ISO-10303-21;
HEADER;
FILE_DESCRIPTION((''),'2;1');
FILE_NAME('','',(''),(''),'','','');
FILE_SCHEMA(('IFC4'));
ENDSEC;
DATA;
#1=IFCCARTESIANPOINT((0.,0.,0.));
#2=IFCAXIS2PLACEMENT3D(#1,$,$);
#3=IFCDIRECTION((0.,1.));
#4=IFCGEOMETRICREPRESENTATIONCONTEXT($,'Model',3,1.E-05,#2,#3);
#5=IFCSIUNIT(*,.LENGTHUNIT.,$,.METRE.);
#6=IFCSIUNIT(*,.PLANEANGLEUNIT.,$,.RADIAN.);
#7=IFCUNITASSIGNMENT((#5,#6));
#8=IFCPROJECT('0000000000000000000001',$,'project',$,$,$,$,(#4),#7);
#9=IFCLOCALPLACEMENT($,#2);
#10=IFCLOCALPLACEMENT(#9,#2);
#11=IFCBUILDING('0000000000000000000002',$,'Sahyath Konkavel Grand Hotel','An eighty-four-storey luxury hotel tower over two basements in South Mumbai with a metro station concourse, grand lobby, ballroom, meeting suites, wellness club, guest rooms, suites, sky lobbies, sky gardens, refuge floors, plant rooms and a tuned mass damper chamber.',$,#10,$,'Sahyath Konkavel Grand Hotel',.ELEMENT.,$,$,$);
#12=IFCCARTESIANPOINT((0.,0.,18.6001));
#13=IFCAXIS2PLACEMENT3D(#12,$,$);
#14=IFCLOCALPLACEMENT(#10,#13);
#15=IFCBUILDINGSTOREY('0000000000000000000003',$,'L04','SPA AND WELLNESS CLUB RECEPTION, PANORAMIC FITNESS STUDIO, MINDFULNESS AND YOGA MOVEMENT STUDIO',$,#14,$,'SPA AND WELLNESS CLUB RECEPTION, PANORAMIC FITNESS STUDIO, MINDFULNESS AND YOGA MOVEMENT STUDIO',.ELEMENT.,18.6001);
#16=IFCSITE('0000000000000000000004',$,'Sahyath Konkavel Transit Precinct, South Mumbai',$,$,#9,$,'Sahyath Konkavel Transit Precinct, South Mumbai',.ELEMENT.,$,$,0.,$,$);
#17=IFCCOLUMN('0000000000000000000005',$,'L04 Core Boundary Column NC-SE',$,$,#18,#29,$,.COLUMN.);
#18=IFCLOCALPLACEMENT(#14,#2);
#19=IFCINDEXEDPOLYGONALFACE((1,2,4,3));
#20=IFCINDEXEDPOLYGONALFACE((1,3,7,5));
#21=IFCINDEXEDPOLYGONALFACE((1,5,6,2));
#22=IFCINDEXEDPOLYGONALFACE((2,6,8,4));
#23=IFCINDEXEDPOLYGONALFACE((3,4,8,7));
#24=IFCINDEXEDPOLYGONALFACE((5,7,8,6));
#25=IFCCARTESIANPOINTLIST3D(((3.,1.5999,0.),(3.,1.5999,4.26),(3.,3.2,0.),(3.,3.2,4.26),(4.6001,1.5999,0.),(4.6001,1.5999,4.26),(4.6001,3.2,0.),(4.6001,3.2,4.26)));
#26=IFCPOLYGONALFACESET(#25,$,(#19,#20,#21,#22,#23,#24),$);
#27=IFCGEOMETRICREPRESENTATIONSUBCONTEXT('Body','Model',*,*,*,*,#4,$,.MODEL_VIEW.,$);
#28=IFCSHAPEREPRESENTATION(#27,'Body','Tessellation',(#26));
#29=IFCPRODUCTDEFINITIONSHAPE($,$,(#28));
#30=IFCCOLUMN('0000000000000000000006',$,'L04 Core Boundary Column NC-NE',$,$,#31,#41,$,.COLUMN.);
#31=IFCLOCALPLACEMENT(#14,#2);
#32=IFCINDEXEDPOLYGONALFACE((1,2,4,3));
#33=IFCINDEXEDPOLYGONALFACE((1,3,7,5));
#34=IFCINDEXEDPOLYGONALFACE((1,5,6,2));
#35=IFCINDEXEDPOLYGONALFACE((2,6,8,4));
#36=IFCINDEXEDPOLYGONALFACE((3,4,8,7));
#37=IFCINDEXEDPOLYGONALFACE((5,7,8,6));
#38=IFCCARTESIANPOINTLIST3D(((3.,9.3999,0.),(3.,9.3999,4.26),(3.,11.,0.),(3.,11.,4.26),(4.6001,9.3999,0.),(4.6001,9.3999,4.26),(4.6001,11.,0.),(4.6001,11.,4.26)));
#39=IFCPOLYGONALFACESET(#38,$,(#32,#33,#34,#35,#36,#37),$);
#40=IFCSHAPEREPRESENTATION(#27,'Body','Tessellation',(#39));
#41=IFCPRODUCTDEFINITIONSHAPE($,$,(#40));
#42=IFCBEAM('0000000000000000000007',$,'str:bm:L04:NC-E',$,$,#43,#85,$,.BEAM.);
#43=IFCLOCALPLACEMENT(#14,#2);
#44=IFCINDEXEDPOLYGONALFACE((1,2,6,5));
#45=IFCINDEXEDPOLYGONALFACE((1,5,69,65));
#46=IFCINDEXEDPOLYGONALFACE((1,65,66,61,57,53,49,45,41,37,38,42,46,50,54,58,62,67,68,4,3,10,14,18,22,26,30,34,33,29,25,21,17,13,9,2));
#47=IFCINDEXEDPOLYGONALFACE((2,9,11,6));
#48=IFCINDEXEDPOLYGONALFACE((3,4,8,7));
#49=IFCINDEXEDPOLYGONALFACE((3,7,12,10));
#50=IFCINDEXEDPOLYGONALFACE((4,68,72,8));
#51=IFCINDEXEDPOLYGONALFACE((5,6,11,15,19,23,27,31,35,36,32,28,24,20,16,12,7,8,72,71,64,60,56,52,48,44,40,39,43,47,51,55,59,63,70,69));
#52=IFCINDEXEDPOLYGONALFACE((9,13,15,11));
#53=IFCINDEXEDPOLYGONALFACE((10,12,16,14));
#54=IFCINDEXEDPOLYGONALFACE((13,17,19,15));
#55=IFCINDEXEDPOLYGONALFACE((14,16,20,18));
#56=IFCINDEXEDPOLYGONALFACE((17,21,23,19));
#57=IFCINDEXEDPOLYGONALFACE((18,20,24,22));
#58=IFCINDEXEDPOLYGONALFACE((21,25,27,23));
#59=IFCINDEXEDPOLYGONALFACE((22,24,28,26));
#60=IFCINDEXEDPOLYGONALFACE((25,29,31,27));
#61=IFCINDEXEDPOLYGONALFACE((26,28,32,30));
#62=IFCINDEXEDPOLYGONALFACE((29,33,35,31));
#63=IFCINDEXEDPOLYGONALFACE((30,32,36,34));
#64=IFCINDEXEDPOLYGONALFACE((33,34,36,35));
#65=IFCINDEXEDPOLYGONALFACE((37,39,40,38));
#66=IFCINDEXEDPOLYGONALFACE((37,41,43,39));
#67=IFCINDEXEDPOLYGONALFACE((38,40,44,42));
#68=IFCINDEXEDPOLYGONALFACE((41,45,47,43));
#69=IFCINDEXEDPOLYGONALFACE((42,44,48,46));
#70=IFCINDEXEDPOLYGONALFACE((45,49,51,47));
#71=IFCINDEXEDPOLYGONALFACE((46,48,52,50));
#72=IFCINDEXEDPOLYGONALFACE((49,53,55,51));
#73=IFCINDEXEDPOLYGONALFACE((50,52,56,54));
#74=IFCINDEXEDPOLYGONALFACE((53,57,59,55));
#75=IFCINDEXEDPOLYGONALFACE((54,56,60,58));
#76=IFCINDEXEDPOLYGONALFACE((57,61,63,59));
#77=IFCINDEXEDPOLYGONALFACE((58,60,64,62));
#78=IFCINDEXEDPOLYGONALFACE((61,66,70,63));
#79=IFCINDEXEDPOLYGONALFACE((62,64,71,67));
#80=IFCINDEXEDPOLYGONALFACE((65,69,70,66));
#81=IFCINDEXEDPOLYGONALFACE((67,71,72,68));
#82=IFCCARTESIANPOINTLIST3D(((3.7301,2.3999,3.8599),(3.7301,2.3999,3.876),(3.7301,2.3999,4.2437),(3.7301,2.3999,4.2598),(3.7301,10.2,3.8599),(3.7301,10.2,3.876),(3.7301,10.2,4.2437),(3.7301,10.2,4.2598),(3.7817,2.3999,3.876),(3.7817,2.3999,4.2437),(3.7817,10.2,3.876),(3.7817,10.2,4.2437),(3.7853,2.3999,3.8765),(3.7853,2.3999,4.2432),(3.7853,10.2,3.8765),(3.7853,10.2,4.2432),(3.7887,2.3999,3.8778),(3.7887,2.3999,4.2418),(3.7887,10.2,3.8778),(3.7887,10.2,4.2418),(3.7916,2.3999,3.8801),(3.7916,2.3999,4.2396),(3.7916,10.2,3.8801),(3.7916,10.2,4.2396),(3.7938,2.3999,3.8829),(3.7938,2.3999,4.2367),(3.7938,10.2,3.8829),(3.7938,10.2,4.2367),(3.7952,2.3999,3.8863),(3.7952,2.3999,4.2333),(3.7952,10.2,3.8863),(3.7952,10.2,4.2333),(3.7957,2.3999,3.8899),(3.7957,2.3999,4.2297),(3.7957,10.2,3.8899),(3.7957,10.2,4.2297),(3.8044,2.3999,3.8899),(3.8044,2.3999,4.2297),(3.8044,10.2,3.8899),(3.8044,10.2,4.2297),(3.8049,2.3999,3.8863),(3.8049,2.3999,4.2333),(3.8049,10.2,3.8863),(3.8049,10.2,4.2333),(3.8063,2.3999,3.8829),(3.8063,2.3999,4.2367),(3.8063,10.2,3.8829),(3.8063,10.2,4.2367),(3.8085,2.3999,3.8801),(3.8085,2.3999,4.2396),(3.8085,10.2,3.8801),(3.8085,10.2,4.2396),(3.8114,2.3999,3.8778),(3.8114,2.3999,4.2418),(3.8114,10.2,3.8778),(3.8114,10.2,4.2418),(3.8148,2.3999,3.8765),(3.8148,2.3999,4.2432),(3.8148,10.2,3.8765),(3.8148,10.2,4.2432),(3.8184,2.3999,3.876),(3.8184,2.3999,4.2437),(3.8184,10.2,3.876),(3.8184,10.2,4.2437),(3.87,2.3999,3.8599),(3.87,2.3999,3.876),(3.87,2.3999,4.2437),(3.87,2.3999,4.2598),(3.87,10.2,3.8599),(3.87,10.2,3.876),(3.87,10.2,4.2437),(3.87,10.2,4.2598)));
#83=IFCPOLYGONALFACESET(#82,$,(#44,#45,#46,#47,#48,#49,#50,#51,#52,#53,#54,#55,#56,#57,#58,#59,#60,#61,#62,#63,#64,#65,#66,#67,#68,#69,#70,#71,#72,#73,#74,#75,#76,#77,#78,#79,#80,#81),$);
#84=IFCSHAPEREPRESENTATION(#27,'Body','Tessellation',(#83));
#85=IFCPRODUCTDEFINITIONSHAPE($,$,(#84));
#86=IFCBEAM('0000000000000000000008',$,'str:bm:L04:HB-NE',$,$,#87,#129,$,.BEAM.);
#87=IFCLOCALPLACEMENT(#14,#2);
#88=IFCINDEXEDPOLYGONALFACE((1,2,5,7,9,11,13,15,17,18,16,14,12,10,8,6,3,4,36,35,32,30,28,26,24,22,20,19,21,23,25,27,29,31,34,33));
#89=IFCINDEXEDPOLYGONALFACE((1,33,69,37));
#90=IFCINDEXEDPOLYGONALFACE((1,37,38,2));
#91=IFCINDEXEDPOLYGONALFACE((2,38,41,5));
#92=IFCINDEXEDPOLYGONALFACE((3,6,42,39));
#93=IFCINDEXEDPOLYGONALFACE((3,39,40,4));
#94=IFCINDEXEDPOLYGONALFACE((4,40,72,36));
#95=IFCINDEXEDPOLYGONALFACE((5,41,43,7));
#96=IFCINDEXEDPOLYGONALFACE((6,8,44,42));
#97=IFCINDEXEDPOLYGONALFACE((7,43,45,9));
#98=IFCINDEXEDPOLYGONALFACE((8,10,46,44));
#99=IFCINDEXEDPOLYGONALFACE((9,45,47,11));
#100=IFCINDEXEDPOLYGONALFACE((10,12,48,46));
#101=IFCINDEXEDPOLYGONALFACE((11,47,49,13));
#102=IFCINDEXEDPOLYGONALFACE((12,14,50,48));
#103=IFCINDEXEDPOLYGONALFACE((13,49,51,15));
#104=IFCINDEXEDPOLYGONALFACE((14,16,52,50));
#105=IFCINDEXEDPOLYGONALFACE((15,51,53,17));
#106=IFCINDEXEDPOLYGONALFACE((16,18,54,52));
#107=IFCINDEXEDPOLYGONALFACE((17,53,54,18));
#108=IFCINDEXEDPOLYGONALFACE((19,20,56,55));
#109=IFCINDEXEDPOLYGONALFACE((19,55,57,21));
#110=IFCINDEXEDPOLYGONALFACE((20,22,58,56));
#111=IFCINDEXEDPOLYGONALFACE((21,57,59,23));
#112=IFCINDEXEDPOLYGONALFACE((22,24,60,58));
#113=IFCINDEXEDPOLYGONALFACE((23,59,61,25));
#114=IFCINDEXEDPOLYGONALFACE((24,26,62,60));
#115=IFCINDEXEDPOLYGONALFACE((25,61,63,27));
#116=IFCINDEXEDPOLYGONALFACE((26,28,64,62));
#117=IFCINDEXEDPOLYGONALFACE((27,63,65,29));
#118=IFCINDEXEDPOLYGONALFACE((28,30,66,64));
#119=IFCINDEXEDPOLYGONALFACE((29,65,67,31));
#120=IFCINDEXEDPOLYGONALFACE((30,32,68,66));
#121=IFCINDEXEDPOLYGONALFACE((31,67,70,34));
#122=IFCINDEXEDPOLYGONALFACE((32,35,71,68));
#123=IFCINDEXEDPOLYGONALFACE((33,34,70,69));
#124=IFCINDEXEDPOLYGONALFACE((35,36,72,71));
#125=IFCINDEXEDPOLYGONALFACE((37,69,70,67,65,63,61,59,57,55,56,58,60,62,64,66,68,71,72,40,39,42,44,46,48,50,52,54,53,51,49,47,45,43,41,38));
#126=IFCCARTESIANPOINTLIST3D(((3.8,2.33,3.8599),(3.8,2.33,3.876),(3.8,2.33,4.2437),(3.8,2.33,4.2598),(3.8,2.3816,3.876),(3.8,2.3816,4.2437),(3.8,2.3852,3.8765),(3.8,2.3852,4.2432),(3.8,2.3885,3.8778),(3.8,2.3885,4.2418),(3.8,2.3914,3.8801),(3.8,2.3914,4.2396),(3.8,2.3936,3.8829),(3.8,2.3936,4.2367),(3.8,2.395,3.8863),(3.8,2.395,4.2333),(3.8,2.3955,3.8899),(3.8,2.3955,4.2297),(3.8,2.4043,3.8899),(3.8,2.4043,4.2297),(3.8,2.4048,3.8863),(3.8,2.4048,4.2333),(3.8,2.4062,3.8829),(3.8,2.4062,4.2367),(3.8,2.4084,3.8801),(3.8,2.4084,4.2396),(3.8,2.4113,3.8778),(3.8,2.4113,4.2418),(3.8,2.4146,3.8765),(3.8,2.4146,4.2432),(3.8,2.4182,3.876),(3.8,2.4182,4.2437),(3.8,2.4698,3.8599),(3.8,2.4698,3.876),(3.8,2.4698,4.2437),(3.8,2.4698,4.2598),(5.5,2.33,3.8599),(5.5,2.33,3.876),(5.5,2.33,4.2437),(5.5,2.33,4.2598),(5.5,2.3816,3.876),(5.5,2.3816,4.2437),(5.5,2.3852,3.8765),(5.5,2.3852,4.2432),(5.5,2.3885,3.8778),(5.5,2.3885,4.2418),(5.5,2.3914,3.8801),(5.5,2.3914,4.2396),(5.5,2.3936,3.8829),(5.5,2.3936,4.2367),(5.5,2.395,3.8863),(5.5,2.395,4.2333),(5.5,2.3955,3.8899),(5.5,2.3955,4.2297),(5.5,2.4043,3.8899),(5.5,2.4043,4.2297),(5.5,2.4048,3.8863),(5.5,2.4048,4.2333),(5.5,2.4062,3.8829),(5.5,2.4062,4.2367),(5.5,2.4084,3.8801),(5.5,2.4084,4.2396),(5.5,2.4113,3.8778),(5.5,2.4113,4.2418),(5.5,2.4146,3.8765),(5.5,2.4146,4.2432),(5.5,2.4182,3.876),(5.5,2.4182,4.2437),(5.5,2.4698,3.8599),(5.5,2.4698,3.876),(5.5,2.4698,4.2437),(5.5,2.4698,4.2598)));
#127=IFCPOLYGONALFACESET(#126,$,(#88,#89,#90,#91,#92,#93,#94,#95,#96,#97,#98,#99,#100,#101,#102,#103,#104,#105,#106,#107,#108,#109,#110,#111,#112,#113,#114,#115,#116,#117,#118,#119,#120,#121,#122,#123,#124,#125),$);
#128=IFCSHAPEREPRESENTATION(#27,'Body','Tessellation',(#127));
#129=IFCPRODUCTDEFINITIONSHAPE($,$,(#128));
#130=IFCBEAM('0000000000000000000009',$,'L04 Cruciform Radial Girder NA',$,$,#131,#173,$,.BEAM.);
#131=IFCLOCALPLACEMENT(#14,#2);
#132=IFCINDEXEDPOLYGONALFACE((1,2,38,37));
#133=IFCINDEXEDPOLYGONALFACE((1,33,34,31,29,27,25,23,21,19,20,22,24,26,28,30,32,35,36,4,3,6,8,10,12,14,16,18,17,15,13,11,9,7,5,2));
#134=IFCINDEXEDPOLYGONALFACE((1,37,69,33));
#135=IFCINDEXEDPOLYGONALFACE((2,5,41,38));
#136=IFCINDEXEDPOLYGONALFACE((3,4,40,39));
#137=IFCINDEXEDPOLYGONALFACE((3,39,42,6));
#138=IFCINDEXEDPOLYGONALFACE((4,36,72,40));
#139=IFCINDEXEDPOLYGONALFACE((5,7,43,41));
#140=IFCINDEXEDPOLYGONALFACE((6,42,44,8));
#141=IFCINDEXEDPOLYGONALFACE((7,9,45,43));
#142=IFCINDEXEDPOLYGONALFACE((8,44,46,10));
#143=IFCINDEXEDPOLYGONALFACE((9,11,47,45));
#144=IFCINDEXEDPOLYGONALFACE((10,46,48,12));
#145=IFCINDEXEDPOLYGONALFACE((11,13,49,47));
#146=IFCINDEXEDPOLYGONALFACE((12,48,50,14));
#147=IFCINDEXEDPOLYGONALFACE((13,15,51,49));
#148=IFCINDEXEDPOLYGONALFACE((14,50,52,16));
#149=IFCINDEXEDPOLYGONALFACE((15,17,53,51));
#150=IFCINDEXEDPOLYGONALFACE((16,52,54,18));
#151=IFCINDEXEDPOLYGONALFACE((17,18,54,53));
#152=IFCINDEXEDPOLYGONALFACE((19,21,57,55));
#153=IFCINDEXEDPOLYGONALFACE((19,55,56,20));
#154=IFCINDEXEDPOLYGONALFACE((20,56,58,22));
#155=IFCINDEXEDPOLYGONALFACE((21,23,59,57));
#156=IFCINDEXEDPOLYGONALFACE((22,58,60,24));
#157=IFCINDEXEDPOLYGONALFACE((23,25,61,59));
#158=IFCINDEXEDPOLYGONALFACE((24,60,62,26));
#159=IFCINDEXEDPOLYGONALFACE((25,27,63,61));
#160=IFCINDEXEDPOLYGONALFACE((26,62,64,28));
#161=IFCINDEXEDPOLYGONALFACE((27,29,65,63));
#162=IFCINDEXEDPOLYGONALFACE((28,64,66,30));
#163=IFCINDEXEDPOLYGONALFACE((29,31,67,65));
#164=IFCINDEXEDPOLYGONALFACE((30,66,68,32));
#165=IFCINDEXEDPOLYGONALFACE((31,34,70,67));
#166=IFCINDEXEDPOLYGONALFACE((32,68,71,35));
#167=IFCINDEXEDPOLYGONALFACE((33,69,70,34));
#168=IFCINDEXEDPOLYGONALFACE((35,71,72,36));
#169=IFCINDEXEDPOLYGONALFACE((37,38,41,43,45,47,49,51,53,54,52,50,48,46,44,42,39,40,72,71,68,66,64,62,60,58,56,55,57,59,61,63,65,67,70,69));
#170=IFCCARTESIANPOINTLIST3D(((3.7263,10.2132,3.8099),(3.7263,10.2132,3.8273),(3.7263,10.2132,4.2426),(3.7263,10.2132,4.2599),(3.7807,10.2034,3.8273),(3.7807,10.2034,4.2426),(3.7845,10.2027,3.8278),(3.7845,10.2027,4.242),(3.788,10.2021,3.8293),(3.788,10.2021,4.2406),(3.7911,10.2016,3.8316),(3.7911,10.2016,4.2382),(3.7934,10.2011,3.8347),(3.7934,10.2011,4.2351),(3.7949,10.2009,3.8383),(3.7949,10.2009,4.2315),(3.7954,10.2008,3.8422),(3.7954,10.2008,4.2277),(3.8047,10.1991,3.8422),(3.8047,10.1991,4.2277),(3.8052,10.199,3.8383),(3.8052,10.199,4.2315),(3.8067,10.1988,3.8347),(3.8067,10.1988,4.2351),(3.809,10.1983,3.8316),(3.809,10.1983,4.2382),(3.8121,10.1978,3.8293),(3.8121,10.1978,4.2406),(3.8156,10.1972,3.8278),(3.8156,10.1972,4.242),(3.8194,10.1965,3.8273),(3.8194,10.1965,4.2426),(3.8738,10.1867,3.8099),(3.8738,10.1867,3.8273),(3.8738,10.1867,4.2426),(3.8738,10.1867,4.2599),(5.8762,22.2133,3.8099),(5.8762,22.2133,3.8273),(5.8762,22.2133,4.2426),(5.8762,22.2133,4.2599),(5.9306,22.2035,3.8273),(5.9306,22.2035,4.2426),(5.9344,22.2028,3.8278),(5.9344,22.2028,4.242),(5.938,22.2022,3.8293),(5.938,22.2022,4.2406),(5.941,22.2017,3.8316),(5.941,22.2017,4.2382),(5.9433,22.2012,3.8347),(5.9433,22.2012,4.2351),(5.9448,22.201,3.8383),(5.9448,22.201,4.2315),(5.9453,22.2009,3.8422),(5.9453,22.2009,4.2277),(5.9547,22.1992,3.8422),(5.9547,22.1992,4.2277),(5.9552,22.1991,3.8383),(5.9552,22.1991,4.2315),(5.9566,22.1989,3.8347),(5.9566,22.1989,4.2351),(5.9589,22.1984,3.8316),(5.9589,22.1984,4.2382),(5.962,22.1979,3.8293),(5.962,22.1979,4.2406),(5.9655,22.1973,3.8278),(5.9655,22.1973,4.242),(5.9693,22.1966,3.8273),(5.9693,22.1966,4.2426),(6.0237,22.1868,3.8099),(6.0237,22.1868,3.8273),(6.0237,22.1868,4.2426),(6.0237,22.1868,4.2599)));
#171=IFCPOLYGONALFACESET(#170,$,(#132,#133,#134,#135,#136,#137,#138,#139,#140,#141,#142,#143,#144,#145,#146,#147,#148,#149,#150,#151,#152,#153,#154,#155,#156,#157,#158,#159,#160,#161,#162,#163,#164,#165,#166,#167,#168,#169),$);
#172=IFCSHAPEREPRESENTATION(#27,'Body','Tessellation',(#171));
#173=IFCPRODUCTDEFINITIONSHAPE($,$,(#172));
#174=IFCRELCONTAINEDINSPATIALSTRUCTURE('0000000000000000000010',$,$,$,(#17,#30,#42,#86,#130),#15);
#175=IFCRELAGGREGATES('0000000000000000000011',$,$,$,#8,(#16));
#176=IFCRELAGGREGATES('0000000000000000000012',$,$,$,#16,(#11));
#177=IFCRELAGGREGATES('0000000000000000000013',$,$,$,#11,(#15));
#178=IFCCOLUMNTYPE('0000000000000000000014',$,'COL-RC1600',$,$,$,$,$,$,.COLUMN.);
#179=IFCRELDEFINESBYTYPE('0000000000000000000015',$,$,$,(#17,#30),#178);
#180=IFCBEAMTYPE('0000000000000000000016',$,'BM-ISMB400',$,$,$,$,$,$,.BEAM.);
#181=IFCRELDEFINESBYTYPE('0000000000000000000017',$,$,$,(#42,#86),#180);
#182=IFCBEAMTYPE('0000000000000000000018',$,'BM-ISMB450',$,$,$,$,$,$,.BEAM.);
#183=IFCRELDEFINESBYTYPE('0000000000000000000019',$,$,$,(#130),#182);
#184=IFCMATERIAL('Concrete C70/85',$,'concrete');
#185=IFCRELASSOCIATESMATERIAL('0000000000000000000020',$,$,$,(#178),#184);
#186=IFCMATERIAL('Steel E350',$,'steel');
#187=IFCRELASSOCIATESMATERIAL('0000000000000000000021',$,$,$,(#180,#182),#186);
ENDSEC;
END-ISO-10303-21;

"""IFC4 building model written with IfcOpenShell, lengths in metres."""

from ifc_helpers import new_model, si_unit, direction, frame, origin, origin_2d, place, context, subcontext, project, spatial, rectangle, i_section, extrude, source, transform, mapped, material, material_profile, profile_set, type_object, element, save


model = new_model("IFC4")

# Units and contexts
model_context = context("Model", 3, precision=1e-05, world=origin(), true_north=direction((0.0, 1.0)))
body_context = subcontext(model_context, "Body", "Model", "MODEL_VIEW")
ifc_project = project(units=[si_unit("LENGTHUNIT", "METRE"), si_unit("PLANEANGLEUNIT", "RADIAN")], contexts=[model_context])

# Site, building, storey
site_placement = place(None, origin())
site = spatial("IfcSite", under=ifc_project, at=site_placement, Name="Sahyath Konkavel Transit Precinct, South Mumbai", LongName="Sahyath Konkavel Transit Precinct, South Mumbai", CompositionType="ELEMENT", RefElevation=0.0)
building_placement = place(site_placement, origin())
building = spatial("IfcBuilding", under=site, at=building_placement, Name="Sahyath Konkavel Grand Hotel", Description="An eighty-four-storey luxury hotel tower over two basements in South Mumbai with a metro station concourse, grand lobby, ballroom, meeting suites, wellness club, guest rooms, suites, sky lobbies, sky gardens, refuge floors, plant rooms and a tuned mass damper chamber.", LongName="Sahyath Konkavel Grand Hotel", CompositionType="ELEMENT")
storey_placement = place(building_placement, frame((0.0, 0.0, 18.6001)))
storey = spatial("IfcBuildingStorey", under=building, at=storey_placement, Name="L04", Description="SPA AND WELLNESS CLUB RECEPTION, PANORAMIC FITNESS STUDIO, MINDFULNESS AND YOGA MOVEMENT STUDIO", LongName="SPA AND WELLNESS CLUB RECEPTION, PANORAMIC FITNESS STUDIO, MINDFULNESS AND YOGA MOVEMENT STUDIO", CompositionType="ELEMENT", Elevation=18.6001)

# Columns
ifc_material_1 = material(Name="Concrete C70/85", Category="concrete")
ifc_material_profile_1 = material_profile(ifc_material_1, rectangle(XDim=1.6001, YDim=1.6001, at=origin_2d()), Name="RC 1600x1600")
ifc_profile_set_1 = profile_set([ifc_material_profile_1], Name="Concrete C70/85")
column_type = type_object("IfcColumnType", Name="COL-RC1600", PredefinedType="COLUMN", material=ifc_profile_set_1)
shared_shape_1 = source(origin(), body_context, "Body", "SweptSolid", [
    extrude(rectangle(XDim=1.6001, YDim=1.6001, at=origin_2d()), origin(), (0.0, 0.0, 1.0), 4.26),
])
for number, where, z_axis, x_axis, name in (
    (1, (3.8, 2.3999, 0.0), (0.0, 0.0, 1.0), (1.0, 0.0, 0.0), "L04 Core Boundary Column NC-SE"),
    (2, (3.8, 10.2, 0.0), (0.0, 0.0, 1.0), (1.0, 0.0, 0.0), "L04 Core Boundary Column NC-NE"),
):
    element("IfcColumn", number, at=place(storey_placement, frame(where, z_axis=z_axis, x_axis=x_axis)), inside=storey, type_object=column_type, Name=name, PredefinedType="COLUMN", context=body_context, shape_type="MappedRepresentation", body=[
        mapped(shared_shape_1, transform((0.0, 0.0, 0.0), scale=1.0)),
    ])

# Beams
ifc_material_2 = material(Name="Steel E350", Category="steel")
ifc_material_profile_2 = material_profile(ifc_material_2, i_section(OverallWidth=0.1399, OverallDepth=0.3999, WebThickness=0.0088, FlangeThickness=0.0161, FilletRadius=0.0139, at=origin_2d()), Name="ISMB 400")
ifc_profile_set_2 = profile_set([ifc_material_profile_2], Name="Steel E350")
beam_type_1 = type_object("IfcBeamType", Name="BM-ISMB400", PredefinedType="BEAM", material=ifc_profile_set_2)
shared_shape_2 = source(origin(), body_context, "Body", "SweptSolid", [
    extrude(i_section(OverallWidth=0.1399, OverallDepth=0.3999, WebThickness=0.0088, FlangeThickness=0.0161, FilletRadius=0.0139, at=origin_2d()), origin(), (0.0, 0.0, 1.0), 7.8),
])
beam_1_placement = place(storey_placement, frame((3.8, 2.3999, 4.0598), z_axis=(0.0, 1.0, 0.0), x_axis=(-1.0, 0.0, 0.0)))
element("IfcBeam", 3, at=beam_1_placement, inside=storey, type_object=beam_type_1, Name="str:bm:L04:NC-E", PredefinedType="BEAM", context=body_context, shape_type="MappedRepresentation", body=[
    mapped(shared_shape_2, transform((0.0, 0.0, 0.0), scale=1.0)),
])
shared_shape_3 = source(origin(), body_context, "Body", "SweptSolid", [
    extrude(i_section(OverallWidth=0.1399, OverallDepth=0.3999, WebThickness=0.0088, FlangeThickness=0.0161, FilletRadius=0.0139, at=origin_2d()), origin(), (0.0, 0.0, 1.0), 1.7),
])
beam_2_placement = place(storey_placement, frame((3.8, 2.3999, 4.0598), z_axis=(1.0, 0.0, 0.0), x_axis=(0.0, 1.0, 0.0)))
element("IfcBeam", 4, at=beam_2_placement, inside=storey, type_object=beam_type_1, Name="str:bm:L04:HB-NE", PredefinedType="BEAM", context=body_context, shape_type="MappedRepresentation", body=[
    mapped(shared_shape_3, transform((0.0, 0.0, 0.0), scale=1.0)),
])
ifc_material_profile_3 = material_profile(ifc_material_2, i_section(OverallWidth=0.1499, OverallDepth=0.45, WebThickness=0.0095, FlangeThickness=0.0173, FilletRadius=0.0149, at=origin_2d()), Name="ISMB 450")
ifc_profile_set_3 = profile_set([ifc_material_profile_3], Name="Steel E350")
beam_type_2 = type_object("IfcBeamType", Name="BM-ISMB450", PredefinedType="BEAM", material=ifc_profile_set_3)
shared_shape_4 = source(origin(), body_context, "Body", "SweptSolid", [
    extrude(i_section(OverallWidth=0.1499, OverallDepth=0.45, WebThickness=0.0095, FlangeThickness=0.0173, FilletRadius=0.0149, at=origin_2d()), origin(), (0.0, 0.0, 1.0), 12.1912),
])
beam_3_placement = place(storey_placement, frame((3.8, 10.2, 4.0349), z_axis=(0.176351, 0.984327, 0.0), x_axis=(-0.984327, 0.176351, 0.0)))
element("IfcBeam", 5, at=beam_3_placement, inside=storey, type_object=beam_type_2, Name="L04 Cruciform Radial Girder NA", PredefinedType="BEAM", context=body_context, shape_type="MappedRepresentation", body=[
    mapped(shared_shape_4, transform((0.0, 0.0, 0.0), scale=1.0)),
])

save(model, "model.ifc")
